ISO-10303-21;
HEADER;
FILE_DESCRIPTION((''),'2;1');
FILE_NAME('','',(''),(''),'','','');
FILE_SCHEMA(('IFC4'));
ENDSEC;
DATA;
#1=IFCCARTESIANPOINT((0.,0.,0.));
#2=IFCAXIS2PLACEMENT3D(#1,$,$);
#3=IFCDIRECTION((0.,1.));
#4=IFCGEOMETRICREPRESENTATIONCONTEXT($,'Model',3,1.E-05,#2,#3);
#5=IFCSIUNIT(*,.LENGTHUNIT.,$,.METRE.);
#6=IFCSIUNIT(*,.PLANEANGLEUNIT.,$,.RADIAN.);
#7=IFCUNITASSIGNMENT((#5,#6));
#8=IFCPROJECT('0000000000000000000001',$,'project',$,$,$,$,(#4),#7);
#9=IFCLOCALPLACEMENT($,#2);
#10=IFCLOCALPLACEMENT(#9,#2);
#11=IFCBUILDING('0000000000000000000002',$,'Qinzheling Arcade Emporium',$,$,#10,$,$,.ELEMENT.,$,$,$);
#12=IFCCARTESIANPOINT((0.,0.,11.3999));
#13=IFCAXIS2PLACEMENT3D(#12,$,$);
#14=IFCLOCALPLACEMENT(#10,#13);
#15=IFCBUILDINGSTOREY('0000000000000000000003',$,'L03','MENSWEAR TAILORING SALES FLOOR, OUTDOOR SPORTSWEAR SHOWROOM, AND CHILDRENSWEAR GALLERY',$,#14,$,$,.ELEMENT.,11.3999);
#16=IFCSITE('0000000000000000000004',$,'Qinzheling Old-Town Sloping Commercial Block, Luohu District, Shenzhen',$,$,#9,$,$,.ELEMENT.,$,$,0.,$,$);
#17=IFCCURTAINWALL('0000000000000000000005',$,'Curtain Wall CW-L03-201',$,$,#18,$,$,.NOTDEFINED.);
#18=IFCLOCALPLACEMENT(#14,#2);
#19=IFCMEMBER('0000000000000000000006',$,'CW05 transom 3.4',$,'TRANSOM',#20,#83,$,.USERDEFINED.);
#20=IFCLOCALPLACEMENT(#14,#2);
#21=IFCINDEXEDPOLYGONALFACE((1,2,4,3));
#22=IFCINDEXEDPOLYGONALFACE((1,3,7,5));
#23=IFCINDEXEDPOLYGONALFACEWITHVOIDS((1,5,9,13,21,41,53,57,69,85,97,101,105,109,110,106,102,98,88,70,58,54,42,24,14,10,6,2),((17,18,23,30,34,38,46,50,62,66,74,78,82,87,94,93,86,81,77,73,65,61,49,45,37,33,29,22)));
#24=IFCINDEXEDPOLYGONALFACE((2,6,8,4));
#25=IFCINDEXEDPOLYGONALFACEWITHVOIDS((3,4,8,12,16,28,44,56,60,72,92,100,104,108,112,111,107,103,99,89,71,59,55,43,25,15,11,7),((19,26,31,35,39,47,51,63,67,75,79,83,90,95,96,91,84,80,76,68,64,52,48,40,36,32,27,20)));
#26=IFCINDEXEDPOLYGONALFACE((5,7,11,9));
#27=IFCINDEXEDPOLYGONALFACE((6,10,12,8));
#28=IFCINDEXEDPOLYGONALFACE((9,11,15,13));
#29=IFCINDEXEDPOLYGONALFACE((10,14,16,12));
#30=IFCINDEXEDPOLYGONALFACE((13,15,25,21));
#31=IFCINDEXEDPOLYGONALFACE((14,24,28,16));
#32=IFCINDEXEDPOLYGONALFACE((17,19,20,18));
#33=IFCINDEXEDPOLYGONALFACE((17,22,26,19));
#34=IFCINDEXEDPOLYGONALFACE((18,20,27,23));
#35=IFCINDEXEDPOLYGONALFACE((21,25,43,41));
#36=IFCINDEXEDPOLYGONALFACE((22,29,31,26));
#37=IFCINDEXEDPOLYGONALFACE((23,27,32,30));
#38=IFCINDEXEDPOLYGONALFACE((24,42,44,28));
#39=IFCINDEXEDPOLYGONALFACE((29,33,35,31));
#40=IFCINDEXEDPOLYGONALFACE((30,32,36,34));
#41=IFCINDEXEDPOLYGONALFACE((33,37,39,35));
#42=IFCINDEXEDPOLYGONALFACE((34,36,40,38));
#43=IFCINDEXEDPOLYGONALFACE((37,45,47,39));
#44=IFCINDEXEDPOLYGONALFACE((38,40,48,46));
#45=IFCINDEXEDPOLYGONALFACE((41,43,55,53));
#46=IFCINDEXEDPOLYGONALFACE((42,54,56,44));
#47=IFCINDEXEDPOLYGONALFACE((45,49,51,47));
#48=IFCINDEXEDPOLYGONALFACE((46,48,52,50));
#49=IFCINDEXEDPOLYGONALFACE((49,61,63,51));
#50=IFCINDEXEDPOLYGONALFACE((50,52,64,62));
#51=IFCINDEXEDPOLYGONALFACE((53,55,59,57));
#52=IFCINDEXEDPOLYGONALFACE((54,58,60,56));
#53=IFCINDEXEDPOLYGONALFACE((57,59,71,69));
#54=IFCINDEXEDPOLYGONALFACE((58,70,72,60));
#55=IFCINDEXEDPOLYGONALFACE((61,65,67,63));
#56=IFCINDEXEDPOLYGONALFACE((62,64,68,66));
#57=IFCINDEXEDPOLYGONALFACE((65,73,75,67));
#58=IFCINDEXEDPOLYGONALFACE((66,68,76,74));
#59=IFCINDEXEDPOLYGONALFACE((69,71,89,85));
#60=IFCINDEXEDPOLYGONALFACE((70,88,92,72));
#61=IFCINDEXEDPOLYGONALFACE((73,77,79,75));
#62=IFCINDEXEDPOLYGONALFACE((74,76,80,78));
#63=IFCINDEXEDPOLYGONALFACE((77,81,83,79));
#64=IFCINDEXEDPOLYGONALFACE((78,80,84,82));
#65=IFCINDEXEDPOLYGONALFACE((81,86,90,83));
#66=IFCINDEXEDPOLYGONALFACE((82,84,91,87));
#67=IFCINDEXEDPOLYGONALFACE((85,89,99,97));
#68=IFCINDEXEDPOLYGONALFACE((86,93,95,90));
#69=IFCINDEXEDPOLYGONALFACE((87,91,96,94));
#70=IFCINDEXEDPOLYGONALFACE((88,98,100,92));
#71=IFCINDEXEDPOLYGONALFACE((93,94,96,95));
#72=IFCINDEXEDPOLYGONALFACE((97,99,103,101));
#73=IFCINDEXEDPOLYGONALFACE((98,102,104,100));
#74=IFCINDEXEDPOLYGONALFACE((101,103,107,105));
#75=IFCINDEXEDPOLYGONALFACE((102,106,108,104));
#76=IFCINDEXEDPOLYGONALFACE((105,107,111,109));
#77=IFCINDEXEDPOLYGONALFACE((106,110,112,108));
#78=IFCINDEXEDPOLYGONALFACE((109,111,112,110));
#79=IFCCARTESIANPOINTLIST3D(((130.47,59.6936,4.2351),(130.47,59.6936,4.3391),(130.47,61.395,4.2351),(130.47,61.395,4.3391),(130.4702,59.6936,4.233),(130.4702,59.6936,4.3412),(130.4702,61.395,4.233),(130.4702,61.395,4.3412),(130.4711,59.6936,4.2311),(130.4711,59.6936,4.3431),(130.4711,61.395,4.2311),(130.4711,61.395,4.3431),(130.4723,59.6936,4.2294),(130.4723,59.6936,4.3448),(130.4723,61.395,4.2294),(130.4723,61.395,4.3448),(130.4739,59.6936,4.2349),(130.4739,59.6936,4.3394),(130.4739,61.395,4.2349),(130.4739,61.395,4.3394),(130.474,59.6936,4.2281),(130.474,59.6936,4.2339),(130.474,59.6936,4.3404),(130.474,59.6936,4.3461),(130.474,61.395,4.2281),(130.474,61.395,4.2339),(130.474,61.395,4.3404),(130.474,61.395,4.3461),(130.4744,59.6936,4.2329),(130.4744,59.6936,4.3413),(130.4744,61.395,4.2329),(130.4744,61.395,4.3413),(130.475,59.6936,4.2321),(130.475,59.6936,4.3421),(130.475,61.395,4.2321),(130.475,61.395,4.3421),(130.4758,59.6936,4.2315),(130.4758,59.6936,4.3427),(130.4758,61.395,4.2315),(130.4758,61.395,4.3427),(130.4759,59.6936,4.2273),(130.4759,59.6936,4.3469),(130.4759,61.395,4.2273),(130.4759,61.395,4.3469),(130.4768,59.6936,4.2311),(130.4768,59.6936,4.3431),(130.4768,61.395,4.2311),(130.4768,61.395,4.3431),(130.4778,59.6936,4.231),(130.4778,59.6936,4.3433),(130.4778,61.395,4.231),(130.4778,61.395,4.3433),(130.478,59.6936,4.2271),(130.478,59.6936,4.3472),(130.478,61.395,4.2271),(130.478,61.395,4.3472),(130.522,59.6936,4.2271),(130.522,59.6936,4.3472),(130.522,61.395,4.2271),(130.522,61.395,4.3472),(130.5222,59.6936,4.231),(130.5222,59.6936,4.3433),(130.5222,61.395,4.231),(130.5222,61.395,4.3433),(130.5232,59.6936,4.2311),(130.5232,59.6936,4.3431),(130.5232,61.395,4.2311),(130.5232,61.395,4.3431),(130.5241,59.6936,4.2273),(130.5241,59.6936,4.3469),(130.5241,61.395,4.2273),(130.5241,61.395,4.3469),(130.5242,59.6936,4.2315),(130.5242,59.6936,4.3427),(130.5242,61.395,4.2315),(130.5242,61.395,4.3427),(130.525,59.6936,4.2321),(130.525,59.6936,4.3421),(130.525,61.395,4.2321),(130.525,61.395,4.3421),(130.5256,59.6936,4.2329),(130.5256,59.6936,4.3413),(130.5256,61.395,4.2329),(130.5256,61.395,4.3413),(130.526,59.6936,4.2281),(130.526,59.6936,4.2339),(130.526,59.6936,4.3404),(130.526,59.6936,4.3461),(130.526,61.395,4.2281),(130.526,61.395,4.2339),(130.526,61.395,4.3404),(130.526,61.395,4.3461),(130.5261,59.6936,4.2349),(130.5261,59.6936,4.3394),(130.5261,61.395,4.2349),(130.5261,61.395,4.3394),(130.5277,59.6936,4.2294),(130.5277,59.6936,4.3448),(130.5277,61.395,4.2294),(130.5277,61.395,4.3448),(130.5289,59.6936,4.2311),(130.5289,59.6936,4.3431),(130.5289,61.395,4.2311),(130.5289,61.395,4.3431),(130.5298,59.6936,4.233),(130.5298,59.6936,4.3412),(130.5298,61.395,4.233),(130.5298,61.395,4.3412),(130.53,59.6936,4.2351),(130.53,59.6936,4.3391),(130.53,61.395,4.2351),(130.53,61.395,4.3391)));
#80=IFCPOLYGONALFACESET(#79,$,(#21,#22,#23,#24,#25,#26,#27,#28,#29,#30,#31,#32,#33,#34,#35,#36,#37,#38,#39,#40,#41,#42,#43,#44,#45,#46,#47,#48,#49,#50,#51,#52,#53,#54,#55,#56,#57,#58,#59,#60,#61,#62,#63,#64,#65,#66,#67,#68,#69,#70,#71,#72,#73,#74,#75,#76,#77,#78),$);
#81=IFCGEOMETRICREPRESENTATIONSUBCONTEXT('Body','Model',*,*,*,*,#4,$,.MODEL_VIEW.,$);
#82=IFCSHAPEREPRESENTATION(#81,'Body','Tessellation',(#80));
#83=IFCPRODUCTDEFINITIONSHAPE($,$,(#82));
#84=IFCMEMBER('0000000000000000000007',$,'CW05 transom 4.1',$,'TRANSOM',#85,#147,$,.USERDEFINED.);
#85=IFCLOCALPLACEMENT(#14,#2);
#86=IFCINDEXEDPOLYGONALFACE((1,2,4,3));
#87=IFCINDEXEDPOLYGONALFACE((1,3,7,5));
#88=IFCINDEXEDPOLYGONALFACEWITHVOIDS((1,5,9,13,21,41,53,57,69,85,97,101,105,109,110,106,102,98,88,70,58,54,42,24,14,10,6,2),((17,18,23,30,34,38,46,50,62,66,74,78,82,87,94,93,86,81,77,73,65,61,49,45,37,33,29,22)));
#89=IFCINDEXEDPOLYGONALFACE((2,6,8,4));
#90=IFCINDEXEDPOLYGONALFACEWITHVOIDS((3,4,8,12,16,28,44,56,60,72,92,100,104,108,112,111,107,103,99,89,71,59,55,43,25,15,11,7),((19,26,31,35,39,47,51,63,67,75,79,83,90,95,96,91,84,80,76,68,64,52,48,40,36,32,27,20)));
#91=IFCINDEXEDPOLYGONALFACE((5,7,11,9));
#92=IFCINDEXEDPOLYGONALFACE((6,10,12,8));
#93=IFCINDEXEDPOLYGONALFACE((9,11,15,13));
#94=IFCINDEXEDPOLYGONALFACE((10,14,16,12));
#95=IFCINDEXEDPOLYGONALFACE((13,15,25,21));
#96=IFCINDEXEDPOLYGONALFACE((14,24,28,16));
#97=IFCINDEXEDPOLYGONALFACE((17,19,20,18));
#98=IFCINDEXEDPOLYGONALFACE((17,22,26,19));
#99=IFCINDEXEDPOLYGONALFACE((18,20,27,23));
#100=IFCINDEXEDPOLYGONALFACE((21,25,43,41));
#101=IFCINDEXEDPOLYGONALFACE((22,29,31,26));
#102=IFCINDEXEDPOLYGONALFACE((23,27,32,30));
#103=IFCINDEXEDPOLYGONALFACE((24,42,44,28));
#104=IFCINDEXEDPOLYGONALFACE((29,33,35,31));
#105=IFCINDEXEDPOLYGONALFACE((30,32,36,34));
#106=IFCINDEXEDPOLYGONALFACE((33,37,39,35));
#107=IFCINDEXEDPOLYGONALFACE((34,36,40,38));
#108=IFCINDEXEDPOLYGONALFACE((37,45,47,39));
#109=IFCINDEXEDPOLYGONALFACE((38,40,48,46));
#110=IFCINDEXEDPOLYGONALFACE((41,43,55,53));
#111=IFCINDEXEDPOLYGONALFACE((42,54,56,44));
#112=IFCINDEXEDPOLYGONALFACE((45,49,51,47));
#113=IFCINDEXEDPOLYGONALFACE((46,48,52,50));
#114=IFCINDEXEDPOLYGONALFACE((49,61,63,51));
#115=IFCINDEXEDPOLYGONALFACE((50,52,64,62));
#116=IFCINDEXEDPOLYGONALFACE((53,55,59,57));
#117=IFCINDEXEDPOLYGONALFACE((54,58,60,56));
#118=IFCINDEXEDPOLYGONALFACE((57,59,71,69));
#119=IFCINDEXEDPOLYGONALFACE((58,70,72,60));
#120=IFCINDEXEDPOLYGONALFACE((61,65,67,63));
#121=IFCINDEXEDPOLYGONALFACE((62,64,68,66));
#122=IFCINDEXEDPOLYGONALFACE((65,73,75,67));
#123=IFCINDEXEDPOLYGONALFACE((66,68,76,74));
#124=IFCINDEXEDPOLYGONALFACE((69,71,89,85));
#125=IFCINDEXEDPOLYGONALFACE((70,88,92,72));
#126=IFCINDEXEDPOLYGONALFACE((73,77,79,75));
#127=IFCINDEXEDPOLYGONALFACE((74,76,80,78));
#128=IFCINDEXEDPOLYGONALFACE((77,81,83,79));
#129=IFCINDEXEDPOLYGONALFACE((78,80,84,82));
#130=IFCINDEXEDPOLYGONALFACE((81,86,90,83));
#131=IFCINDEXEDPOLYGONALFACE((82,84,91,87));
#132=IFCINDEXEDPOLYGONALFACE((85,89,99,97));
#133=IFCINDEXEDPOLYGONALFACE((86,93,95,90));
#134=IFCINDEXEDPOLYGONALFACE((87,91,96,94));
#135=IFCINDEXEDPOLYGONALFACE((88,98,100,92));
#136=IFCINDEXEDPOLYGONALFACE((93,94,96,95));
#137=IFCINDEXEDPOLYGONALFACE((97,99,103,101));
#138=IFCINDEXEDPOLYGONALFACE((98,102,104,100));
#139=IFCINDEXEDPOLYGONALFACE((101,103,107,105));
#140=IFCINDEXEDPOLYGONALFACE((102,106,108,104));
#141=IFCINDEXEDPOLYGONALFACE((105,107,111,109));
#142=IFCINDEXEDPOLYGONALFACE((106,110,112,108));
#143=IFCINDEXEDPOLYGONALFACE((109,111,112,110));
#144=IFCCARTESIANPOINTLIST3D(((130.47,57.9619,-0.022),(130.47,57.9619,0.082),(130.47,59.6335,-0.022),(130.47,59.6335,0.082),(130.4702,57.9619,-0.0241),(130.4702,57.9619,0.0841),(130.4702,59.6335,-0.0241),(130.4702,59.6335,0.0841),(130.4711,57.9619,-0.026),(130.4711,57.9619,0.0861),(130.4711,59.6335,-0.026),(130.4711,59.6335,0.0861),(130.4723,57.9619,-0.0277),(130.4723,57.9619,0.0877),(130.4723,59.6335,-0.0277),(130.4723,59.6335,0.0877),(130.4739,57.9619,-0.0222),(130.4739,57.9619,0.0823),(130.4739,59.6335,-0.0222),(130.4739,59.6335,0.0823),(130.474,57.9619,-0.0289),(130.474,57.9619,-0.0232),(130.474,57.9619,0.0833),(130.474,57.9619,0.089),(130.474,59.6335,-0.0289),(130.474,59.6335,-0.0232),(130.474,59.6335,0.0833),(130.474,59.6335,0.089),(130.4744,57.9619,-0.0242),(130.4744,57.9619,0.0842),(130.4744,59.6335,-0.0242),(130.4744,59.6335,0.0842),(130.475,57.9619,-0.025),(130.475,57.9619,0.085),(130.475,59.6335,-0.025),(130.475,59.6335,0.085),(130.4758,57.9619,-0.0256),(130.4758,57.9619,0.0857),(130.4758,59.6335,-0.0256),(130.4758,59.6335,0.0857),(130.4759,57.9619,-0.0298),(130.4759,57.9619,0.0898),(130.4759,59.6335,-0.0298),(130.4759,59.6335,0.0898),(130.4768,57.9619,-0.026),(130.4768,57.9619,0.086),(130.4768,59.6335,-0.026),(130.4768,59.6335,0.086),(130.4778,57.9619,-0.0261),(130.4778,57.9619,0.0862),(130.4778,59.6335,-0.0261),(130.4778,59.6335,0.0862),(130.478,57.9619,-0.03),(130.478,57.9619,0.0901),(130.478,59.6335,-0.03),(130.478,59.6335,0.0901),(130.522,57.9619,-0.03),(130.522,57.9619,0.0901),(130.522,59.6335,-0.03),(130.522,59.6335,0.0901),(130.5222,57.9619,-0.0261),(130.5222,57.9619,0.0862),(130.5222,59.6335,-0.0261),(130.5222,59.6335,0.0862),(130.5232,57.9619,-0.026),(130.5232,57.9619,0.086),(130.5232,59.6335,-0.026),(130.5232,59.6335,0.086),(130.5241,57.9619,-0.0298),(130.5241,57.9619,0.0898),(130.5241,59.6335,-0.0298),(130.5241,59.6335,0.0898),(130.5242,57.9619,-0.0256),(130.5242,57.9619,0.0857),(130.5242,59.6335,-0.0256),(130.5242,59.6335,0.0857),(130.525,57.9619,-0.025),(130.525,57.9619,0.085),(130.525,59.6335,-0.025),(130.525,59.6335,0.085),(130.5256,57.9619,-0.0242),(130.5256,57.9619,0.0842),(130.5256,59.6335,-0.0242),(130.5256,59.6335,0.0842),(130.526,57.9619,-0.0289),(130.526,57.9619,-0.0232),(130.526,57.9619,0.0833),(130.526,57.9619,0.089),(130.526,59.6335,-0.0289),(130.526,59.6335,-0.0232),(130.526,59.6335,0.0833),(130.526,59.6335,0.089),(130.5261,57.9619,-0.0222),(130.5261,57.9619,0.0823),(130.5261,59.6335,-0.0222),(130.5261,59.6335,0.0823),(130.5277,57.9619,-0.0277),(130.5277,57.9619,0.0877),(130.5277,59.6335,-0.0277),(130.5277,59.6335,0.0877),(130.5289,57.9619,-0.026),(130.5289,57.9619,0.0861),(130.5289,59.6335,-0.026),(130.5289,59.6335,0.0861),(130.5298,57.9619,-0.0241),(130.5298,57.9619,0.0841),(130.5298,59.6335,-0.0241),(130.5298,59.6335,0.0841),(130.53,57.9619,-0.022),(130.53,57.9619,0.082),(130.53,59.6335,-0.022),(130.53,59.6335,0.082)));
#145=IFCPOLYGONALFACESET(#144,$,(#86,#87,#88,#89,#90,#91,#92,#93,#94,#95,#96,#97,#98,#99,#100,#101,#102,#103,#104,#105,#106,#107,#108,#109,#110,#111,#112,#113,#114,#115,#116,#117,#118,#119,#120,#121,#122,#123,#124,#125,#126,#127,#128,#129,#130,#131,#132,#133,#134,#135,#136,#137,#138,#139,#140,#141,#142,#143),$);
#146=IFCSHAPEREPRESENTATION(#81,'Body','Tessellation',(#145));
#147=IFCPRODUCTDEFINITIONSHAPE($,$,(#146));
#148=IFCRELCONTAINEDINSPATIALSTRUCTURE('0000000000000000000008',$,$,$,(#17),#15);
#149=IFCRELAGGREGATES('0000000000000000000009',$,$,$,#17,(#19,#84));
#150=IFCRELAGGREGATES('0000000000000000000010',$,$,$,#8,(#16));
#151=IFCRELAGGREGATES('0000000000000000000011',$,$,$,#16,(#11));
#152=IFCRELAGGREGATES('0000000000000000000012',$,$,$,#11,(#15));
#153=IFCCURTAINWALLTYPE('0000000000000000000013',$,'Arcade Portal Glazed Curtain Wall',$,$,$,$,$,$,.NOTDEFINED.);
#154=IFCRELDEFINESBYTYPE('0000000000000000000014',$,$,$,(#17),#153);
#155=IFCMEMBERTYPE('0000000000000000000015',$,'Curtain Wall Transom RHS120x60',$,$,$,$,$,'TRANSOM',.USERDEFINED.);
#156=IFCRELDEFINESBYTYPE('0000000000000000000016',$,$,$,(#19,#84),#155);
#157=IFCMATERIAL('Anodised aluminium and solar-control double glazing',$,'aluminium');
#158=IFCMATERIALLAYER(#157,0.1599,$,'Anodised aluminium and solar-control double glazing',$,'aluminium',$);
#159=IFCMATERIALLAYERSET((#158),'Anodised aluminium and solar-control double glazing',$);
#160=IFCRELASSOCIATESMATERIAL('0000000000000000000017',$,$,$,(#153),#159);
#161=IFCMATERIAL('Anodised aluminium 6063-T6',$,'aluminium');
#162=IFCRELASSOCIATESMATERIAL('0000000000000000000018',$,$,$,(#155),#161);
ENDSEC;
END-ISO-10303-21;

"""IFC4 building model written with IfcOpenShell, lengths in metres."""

from ifc_helpers import new_model, si_unit, direction, frame, origin, origin_2d, place, context, subcontext, project, spatial, hollow_rectangle, extrude, material, layer, layer_set, material_profile, profile_set, type_object, element, aggregate, save


model = new_model("IFC4")

# Units and contexts
model_context = context("Model", 3, precision=1e-05, world=origin(), true_north=direction((0.0, 1.0)))
body_context = subcontext(model_context, "Body", "Model", "MODEL_VIEW")
ifc_project = project(units=[si_unit("LENGTHUNIT", "METRE"), si_unit("PLANEANGLEUNIT", "RADIAN")], contexts=[model_context])

# Site, building, storey
site_placement = place(None, origin())
site = spatial("IfcSite", under=ifc_project, at=site_placement, Name="Qinzheling Old-Town Sloping Commercial Block, Luohu District, Shenzhen", CompositionType="ELEMENT", RefElevation=0.0)
building_placement = place(site_placement, origin())
building = spatial("IfcBuilding", under=site, at=building_placement, Name="Qinzheling Arcade Emporium", CompositionType="ELEMENT")
storey_placement = place(building_placement, frame((0.0, 0.0, 11.3999)))
storey = spatial("IfcBuildingStorey", under=building, at=storey_placement, Name="L03", Description="MENSWEAR TAILORING SALES FLOOR, OUTDOOR SPORTSWEAR SHOWROOM, AND CHILDRENSWEAR GALLERY", CompositionType="ELEMENT", Elevation=11.3999)

# Shared definitions
ifc_material_1 = material(Name="Anodised aluminium and solar-control double glazing", Category="aluminium")
ifc_layer_1 = layer(ifc_material_1, 0.1599, Name="Anodised aluminium and solar-control double glazing", Category="aluminium")
ifc_layer_set_1 = layer_set([ifc_layer_1], Name="Anodised aluminium and solar-control double glazing")
curtain_wall_type = type_object("IfcCurtainWallType", Name="Arcade Portal Glazed Curtain Wall", PredefinedType="NOTDEFINED", material=ifc_layer_set_1)
ifc_material_2 = material(Name="Anodised aluminium 6063-T6", Category="aluminium")

# Curtain wall
curtain_wall_1_placement = place(storey_placement, origin())
curtain_wall_1 = element("IfcCurtainWall", 1, at=curtain_wall_1_placement, inside=storey, type_object=curtain_wall_type, Name="Curtain Wall CW-L03-201", PredefinedType="NOTDEFINED")

# Members
ifc_material_profile_1 = material_profile(ifc_material_2, hollow_rectangle(XDim=0.0601, YDim=0.1201, WallThickness=0.0039, InnerFilletRadius=0.0039, OuterFilletRadius=0.0081, at=origin_2d()), Name="RHS 120x60x4", Category="aluminium")
ifc_profile_set_1 = profile_set([ifc_material_profile_1], Name="Anodised aluminium 6063-T6")
member_type_1 = type_object("IfcMemberType", Name="Curtain Wall Transom RHS120x60", ElementType="TRANSOM", PredefinedType="USERDEFINED", material=ifc_profile_set_1)
member_1_placement = place(storey_placement, frame((130.5, 61.395, 4.2871), z_axis=(0.0, -1.0, 0.0), x_axis=(1.0, 0.0, 0.0)))
member_1 = element("IfcMember", 2, at=member_1_placement, type_object=member_type_1, Name="CW05 transom 3.4", ObjectType="TRANSOM", PredefinedType="USERDEFINED", context=body_context, shape_type="SweptSolid", body=[
    extrude(hollow_rectangle(XDim=0.0601, YDim=0.1201, WallThickness=0.0039, InnerFilletRadius=0.0039, OuterFilletRadius=0.0081, at=origin_2d()), origin(), (0.0, 0.0, 1.0), 1.7014),
])
member_2_placement = place(storey_placement, frame((130.5, 59.6335, 0.03), z_axis=(0.0, -1.0, 0.0), x_axis=(1.0, 0.0, 0.0)))
member_2 = element("IfcMember", 3, at=member_2_placement, type_object=member_type_1, Name="CW05 transom 4.1", ObjectType="TRANSOM", PredefinedType="USERDEFINED", context=body_context, shape_type="SweptSolid", body=[
    extrude(hollow_rectangle(XDim=0.0601, YDim=0.1201, WallThickness=0.0039, InnerFilletRadius=0.0039, OuterFilletRadius=0.0081, at=origin_2d()), origin(), (0.0, 0.0, 1.0), 1.6716),
])

aggregate(curtain_wall_1, [member_1, member_2])

save(model, "model.ifc")
